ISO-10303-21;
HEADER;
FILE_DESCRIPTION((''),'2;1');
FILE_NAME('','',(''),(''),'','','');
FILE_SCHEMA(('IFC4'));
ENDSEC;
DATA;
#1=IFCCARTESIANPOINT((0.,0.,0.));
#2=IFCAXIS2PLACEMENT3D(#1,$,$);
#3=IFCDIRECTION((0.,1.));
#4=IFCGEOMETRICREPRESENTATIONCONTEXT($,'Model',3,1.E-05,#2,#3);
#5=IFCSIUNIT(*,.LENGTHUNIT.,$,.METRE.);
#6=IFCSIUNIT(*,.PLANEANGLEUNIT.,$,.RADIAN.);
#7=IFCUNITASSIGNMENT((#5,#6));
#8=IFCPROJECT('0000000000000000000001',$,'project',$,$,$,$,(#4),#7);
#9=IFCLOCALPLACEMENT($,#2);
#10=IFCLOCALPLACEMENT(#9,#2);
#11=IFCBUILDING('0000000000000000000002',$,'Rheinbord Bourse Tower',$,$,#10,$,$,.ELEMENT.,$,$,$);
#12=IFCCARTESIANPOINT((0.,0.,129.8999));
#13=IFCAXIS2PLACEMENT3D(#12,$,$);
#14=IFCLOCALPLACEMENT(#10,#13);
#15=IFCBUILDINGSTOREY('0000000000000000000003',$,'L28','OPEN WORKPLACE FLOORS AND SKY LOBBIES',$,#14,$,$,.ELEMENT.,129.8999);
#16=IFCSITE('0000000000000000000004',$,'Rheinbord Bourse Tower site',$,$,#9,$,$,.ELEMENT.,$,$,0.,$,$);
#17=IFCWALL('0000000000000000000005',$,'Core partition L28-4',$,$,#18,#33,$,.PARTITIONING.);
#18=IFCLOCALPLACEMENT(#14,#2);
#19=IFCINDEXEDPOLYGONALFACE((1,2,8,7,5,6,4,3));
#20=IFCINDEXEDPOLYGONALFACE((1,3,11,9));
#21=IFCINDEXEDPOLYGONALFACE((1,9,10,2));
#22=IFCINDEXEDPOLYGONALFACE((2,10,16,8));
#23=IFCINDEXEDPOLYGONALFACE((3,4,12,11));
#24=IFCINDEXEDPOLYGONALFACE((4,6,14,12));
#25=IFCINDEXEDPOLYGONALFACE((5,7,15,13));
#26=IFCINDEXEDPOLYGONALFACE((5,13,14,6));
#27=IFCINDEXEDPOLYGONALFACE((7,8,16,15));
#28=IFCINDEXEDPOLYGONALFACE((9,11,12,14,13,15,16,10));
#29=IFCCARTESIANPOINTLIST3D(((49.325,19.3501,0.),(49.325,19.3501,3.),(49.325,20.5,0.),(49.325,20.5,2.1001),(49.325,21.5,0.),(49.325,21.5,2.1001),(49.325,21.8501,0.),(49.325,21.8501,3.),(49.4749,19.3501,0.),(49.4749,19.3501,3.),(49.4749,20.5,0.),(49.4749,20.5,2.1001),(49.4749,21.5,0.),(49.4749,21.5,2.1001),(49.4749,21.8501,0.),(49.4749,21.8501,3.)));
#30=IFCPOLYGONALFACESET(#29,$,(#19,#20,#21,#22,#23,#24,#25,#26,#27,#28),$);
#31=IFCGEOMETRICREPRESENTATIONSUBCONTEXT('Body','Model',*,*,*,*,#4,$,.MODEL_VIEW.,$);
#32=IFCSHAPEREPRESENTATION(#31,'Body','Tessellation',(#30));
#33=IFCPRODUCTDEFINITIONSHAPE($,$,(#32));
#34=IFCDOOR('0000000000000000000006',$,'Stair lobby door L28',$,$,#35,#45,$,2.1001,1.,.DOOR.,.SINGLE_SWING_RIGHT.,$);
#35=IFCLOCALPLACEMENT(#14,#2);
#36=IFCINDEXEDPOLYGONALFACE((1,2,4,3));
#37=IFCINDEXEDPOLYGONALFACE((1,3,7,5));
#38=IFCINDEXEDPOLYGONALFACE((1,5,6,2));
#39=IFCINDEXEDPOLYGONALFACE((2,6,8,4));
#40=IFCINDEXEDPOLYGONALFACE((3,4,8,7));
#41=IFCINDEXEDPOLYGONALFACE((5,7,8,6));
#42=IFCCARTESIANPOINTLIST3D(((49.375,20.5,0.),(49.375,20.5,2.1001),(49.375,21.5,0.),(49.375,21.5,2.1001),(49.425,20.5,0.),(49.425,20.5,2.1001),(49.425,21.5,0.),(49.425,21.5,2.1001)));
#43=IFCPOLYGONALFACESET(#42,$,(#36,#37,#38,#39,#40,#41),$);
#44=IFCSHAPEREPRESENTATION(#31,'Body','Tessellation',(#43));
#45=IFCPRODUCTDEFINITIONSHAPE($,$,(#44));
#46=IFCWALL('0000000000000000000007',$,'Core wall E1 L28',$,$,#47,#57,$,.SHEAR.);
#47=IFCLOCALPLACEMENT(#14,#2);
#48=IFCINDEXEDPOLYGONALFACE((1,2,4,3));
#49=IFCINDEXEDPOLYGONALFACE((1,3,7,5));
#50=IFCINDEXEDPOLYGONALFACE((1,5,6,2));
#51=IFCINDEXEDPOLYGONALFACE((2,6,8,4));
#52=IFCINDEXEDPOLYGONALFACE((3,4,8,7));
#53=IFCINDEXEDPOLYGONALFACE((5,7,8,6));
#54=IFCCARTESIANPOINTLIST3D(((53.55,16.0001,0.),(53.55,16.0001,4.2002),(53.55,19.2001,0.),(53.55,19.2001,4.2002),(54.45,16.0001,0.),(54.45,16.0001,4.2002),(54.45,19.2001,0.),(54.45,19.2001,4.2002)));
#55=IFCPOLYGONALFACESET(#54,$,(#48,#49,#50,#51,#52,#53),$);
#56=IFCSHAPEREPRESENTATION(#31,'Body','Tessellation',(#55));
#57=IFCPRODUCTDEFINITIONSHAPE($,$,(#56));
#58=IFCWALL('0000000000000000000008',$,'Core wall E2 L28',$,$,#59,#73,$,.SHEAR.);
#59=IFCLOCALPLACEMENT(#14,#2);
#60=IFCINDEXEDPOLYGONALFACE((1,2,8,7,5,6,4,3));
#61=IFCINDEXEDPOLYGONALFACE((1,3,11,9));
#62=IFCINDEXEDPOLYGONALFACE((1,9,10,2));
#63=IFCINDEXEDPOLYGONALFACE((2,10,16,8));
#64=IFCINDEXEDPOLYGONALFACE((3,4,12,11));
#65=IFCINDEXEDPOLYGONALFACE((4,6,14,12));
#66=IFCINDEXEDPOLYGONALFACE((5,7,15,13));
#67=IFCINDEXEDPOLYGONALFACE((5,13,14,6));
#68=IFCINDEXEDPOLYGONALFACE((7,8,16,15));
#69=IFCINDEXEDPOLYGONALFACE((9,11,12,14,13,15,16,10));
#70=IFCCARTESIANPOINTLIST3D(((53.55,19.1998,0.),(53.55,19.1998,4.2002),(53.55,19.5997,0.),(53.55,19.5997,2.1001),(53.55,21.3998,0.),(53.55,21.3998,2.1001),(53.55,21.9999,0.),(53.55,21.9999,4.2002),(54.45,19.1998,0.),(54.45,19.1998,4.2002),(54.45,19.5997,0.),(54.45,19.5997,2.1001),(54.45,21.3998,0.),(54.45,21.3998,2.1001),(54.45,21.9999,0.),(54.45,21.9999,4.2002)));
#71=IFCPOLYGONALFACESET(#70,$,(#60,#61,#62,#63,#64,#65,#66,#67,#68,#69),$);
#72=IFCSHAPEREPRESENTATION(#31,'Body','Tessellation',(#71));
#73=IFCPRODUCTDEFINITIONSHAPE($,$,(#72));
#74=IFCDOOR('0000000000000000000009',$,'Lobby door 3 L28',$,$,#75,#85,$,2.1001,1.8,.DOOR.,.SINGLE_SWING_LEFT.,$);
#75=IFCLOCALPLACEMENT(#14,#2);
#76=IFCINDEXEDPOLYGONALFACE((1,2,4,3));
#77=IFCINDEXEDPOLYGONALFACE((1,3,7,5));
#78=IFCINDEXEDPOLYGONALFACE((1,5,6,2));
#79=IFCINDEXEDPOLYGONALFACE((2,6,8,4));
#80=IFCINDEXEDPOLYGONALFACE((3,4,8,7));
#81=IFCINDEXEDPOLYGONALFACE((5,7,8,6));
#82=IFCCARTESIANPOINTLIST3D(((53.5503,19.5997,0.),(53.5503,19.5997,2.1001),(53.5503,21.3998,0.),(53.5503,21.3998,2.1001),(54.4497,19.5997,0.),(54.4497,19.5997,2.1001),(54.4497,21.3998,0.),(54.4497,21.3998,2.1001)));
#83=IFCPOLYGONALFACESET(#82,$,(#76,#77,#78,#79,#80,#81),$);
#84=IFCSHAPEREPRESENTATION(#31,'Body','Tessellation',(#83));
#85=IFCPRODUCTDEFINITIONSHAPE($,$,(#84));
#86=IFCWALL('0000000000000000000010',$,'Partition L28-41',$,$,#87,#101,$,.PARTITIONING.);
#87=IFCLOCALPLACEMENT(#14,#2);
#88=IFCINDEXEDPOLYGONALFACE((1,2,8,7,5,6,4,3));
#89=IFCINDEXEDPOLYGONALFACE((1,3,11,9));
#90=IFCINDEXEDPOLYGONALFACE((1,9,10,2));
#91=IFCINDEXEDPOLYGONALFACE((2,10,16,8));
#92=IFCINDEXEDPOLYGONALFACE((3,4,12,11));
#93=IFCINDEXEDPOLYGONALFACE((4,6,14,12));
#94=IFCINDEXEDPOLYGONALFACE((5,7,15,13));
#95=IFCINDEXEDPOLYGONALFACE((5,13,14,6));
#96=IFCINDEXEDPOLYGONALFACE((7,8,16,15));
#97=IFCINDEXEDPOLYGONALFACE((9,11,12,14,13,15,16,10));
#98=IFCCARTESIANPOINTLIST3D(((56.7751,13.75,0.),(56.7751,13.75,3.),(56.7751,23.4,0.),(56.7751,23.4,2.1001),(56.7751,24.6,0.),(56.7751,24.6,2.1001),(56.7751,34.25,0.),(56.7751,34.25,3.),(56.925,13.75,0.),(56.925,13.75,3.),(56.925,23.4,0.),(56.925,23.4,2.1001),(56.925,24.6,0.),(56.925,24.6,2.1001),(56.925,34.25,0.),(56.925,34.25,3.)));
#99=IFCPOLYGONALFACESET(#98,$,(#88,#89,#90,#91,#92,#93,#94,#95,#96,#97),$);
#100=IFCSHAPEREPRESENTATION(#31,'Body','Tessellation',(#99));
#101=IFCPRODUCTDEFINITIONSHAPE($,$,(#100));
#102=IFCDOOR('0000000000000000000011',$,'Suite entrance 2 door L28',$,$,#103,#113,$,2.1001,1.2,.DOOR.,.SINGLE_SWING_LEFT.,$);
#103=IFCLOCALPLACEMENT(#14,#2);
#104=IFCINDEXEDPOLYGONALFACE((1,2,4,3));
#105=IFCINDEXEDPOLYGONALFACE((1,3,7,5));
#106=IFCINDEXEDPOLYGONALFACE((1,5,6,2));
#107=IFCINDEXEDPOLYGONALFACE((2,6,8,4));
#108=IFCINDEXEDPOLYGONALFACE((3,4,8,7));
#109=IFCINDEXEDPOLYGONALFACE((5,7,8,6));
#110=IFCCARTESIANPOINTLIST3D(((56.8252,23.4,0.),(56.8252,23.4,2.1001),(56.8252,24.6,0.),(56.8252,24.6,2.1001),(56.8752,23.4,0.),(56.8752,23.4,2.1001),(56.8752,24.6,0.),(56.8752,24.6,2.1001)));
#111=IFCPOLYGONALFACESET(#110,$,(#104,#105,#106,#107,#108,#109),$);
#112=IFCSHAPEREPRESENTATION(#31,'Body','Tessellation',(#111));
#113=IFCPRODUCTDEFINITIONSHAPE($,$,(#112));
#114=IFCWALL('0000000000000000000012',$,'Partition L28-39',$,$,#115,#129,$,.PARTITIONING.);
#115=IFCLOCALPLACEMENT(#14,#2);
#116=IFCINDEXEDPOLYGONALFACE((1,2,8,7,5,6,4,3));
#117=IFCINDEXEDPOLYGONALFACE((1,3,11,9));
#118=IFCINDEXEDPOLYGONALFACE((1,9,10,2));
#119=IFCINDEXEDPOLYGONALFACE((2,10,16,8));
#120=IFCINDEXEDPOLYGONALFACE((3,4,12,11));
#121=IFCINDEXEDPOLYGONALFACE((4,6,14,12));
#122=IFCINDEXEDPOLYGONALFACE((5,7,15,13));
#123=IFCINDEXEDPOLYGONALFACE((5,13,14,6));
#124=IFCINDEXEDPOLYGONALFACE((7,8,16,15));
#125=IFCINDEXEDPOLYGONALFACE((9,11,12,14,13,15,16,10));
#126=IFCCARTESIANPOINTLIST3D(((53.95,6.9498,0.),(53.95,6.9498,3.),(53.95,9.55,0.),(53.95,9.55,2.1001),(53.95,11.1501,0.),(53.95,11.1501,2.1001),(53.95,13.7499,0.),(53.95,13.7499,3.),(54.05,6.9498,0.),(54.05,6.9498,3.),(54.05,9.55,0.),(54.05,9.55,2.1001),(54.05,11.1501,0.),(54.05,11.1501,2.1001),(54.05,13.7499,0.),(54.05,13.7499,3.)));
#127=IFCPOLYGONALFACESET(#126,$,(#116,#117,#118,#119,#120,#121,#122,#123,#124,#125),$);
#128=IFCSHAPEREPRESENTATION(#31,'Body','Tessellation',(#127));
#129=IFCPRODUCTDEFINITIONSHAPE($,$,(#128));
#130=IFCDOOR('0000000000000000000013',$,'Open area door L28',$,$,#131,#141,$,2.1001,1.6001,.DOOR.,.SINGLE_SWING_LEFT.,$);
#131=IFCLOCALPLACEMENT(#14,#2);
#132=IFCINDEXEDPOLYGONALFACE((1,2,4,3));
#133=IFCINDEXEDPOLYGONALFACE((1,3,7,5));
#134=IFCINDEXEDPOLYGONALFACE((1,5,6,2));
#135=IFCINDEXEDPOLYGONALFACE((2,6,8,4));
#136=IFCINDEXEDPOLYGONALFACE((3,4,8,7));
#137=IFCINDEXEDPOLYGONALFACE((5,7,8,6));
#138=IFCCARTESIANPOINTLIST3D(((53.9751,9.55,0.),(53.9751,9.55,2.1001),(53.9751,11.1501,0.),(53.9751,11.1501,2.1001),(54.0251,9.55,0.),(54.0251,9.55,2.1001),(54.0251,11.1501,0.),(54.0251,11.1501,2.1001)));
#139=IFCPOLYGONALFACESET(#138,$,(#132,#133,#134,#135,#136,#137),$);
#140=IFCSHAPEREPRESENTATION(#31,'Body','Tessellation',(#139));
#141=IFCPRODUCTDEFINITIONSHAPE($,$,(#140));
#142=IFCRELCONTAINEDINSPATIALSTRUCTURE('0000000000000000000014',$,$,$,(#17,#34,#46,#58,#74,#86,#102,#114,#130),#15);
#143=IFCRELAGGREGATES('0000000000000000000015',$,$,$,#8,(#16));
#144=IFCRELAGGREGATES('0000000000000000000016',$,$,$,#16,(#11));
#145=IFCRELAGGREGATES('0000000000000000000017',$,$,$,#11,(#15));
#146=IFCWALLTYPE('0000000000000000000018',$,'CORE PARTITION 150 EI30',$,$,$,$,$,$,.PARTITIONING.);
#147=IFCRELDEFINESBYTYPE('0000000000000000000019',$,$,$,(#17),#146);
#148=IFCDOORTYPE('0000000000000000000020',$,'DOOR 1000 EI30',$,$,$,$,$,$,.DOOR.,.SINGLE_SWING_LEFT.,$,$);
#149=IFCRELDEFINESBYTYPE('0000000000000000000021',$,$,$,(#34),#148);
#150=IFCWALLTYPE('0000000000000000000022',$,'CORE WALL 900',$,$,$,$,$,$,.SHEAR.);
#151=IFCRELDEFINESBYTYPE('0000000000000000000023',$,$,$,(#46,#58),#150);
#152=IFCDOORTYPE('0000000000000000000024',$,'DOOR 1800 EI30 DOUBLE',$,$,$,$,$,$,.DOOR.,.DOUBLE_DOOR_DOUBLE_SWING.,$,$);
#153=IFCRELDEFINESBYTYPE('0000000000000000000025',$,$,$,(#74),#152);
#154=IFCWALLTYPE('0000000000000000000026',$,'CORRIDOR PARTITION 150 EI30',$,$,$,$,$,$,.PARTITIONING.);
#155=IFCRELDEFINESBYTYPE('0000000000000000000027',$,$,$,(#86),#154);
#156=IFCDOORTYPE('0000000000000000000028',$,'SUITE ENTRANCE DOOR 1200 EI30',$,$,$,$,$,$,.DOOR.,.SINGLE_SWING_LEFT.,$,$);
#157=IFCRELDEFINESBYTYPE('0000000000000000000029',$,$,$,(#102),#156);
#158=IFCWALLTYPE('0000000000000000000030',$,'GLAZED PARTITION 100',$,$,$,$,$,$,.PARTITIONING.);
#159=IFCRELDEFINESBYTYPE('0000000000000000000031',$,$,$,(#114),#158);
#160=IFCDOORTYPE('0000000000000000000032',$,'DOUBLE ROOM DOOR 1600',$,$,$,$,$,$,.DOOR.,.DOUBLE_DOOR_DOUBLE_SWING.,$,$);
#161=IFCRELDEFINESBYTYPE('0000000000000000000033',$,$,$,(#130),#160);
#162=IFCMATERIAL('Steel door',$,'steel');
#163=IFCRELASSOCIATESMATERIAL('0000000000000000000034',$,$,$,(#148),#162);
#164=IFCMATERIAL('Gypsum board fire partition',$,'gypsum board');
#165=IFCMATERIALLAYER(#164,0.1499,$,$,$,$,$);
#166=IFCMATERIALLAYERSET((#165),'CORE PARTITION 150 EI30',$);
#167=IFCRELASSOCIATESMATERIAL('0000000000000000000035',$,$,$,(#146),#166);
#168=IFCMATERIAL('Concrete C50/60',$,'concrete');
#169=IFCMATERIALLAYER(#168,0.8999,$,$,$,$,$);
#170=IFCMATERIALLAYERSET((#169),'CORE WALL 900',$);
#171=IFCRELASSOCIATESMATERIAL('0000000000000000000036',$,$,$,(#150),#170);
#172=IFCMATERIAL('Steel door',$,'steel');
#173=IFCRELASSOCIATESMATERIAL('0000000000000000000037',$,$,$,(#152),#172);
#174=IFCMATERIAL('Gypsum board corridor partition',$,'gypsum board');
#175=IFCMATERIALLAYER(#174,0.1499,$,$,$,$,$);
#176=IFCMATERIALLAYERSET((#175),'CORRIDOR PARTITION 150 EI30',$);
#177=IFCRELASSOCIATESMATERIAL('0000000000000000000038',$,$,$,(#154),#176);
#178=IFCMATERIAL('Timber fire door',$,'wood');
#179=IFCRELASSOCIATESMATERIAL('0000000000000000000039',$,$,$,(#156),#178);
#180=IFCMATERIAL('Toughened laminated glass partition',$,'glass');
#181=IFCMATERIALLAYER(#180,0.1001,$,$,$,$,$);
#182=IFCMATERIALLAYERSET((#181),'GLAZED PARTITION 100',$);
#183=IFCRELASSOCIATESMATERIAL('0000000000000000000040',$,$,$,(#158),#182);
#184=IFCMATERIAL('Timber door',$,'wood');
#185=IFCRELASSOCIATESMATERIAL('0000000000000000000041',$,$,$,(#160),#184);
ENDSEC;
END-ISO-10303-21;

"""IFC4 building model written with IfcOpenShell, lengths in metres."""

from ifc_helpers import new_model, si_unit, direction, frame, frame_2d, origin, place, context, subcontext, project, spatial, rectangle, extrude, material, layer, layer_set, type_object, element, fill, save


model = new_model("IFC4")

# Units and contexts
model_context = context("Model", 3, precision=1e-05, world=origin(), true_north=direction((0.0, 1.0)))
body_context = subcontext(model_context, "Body", "Model", "MODEL_VIEW")
ifc_project = project(units=[si_unit("LENGTHUNIT", "METRE"), si_unit("PLANEANGLEUNIT", "RADIAN")], contexts=[model_context])

# Site, building, storey
site_placement = place(None, origin())
site = spatial("IfcSite", under=ifc_project, at=site_placement, Name="Rheinbord Bourse Tower site", CompositionType="ELEMENT", RefElevation=0.0)
building_placement = place(site_placement, origin())
building = spatial("IfcBuilding", under=site, at=building_placement, Name="Rheinbord Bourse Tower", CompositionType="ELEMENT")
storey_placement = place(building_placement, frame((0.0, 0.0, 129.8999)))
storey = spatial("IfcBuildingStorey", under=building, at=storey_placement, Name="L28", Description="OPEN WORKPLACE FLOORS AND SKY LOBBIES", CompositionType="ELEMENT", Elevation=129.8999)

# Shared definitions
ifc_material_1 = material(Name="Steel door", Category="steel")
door_type_1 = type_object("IfcDoorType", Name="DOOR 1000 EI30", OperationType="SINGLE_SWING_LEFT", PredefinedType="DOOR", material=ifc_material_1)

# Wall, opening, door
ifc_material_2 = material(Name="Gypsum board fire partition", Category="gypsum board")
ifc_layer_1 = layer(ifc_material_2, 0.1499)
ifc_layer_set_1 = layer_set([ifc_layer_1], Name="CORE PARTITION 150 EI30")
wall_type_1 = type_object("IfcWallType", Name="CORE PARTITION 150 EI30", PredefinedType="PARTITIONING", material=ifc_layer_set_1)
wall_1_placement = place(storey_placement, frame((49.3999, 19.3501, 0.0), z_axis=(0.0, 0.0, 1.0), x_axis=(0.0, 1.0, 0.0)))
wall_1 = element("IfcWall", 1, at=wall_1_placement, inside=storey, type_object=wall_type_1, Name="Core partition L28-4", PredefinedType="PARTITIONING", context=body_context, shape_type="SweptSolid", body=[
    extrude(rectangle(XDim=2.5, YDim=0.1499, at=frame_2d((1.25, 0.0))), origin(), (0.0, 0.0, 1.0), 3.0),
])
opening_1_placement = place(wall_1_placement, frame((1.1499, 0.0, 0.0)))
opening_1 = element("IfcOpeningElement", 2, at=opening_1_placement, cuts=wall_1, PredefinedType="OPENING", context=body_context, shape_type="SweptSolid", body=[
    extrude(rectangle(XDim=1.0, YDim=2.1001, at=frame_2d((0.5, 1.05))), frame((0.0, 0.085, 0.0), z_axis=(0.0, -1.0, 0.0), x_axis=(1.0, 0.0, 0.0)), (0.0, 0.0, 1.0), 0.1699),
])
door_1_placement = place(opening_1_placement, origin())
door_1 = element("IfcDoor", 3, at=door_1_placement, inside=storey, type_object=door_type_1, Name="Stair lobby door L28", OperationType="SINGLE_SWING_RIGHT", OverallHeight=2.1001, OverallWidth=1.0, PredefinedType="DOOR", context=body_context, shape_type="SweptSolid", body=[
    extrude(rectangle(XDim=1.0, YDim=2.1001, at=frame_2d((0.5, 1.05))), frame((0.0, 0.0249, 0.0), z_axis=(0.0, -1.0, 0.0), x_axis=(1.0, 0.0, 0.0)), (0.0, 0.0, 1.0), 0.05),
])
fill(opening_1, door_1)

# Wall
ifc_material_3 = material(Name="Concrete C50/60", Category="concrete")
ifc_layer_2 = layer(ifc_material_3, 0.8999)
ifc_layer_set_2 = layer_set([ifc_layer_2], Name="CORE WALL 900")
wall_type_2 = type_object("IfcWallType", Name="CORE WALL 900", PredefinedType="SHEAR", material=ifc_layer_set_2)
wall_2_placement = place(storey_placement, frame((54.0, 16.0, 0.0), z_axis=(0.0, 0.0, 1.0), x_axis=(0.0, 1.0, 0.0)))
element("IfcWall", 4, at=wall_2_placement, inside=storey, type_object=wall_type_2, Name="Core wall E1 L28", PredefinedType="SHEAR", context=body_context, shape_type="SweptSolid", body=[
    extrude(rectangle(XDim=3.2, YDim=0.8999, at=frame_2d((1.6001, 0.0))), origin(), (0.0, 0.0, 1.0), 4.2002),
])

# Walls, openings, doors
wall_3_placement = place(storey_placement, frame((54.0, 19.2, 0.0), z_axis=(0.0, 0.0, 1.0), x_axis=(0.0, 1.0, 0.0)))
wall_3 = element("IfcWall", 5, at=wall_3_placement, inside=storey, type_object=wall_type_2, Name="Core wall E2 L28", PredefinedType="SHEAR", context=body_context, shape_type="SweptSolid", body=[
    extrude(rectangle(XDim=2.8, YDim=0.8999, at=frame_2d((1.3999, 0.0))), origin(), (0.0, 0.0, 1.0), 4.2002),
])
opening_2_placement = place(wall_3_placement, frame((0.3999, 0.0, 0.0)))
opening_2 = element("IfcOpeningElement", 6, at=opening_2_placement, cuts=wall_3, PredefinedType="OPENING", context=body_context, shape_type="SweptSolid", body=[
    extrude(rectangle(XDim=1.8, YDim=2.1001, at=frame_2d((0.8999, 1.05))), frame((0.0, 0.46, 0.0), z_axis=(0.0, -1.0, 0.0), x_axis=(1.0, 0.0, 0.0)), (0.0, 0.0, 1.0), 0.9199),
])
ifc_material_4 = material(Name="Steel door", Category="steel")
door_type_2 = type_object("IfcDoorType", Name="DOOR 1800 EI30 DOUBLE", OperationType="DOUBLE_DOOR_DOUBLE_SWING", PredefinedType="DOOR", material=ifc_material_4)
door_2_placement = place(opening_2_placement, origin())
door_2 = element("IfcDoor", 7, at=door_2_placement, inside=storey, type_object=door_type_2, Name="Lobby door 3 L28", OperationType="SINGLE_SWING_LEFT", OverallHeight=2.1001, OverallWidth=1.8, PredefinedType="DOOR", context=body_context, shape_type="SweptSolid", body=[
    extrude(rectangle(XDim=1.8, YDim=2.1001, at=frame_2d((0.8999, 1.05))), frame((0.0, 0.4497, 0.0), z_axis=(0.0, -1.0, 0.0), x_axis=(1.0, 0.0, 0.0)), (0.0, 0.0, 1.0), 0.8994),
])
fill(opening_2, door_2)
ifc_material_5 = material(Name="Gypsum board corridor partition", Category="gypsum board")
ifc_layer_3 = layer(ifc_material_5, 0.1499)
ifc_layer_set_3 = layer_set([ifc_layer_3], Name="CORRIDOR PARTITION 150 EI30")
wall_type_3 = type_object("IfcWallType", Name="CORRIDOR PARTITION 150 EI30", PredefinedType="PARTITIONING", material=ifc_layer_set_3)
wall_4_placement = place(storey_placement, frame((56.8501, 13.75, 0.0), z_axis=(0.0, 0.0, 1.0), x_axis=(0.0, 1.0, 0.0)))
wall_4 = element("IfcWall", 8, at=wall_4_placement, inside=storey, type_object=wall_type_3, Name="Partition L28-41", PredefinedType="PARTITIONING", context=body_context, shape_type="SweptSolid", body=[
    extrude(rectangle(XDim=20.5, YDim=0.1499, at=frame_2d((10.25, 0.0))), origin(), (0.0, 0.0, 1.0), 3.0),
])
opening_3_placement = place(wall_4_placement, frame((9.6499, 0.0, 0.0)))
opening_3 = element("IfcOpeningElement", 9, at=opening_3_placement, cuts=wall_4, PredefinedType="OPENING", context=body_context, shape_type="SweptSolid", body=[
    extrude(rectangle(XDim=1.2, YDim=2.1001, at=frame_2d((0.6001, 1.05))), frame((0.0, 0.085, 0.0), z_axis=(0.0, -1.0, 0.0), x_axis=(1.0, 0.0, 0.0)), (0.0, 0.0, 1.0), 0.1699),
])
ifc_material_6 = material(Name="Timber fire door", Category="wood")
door_type_3 = type_object("IfcDoorType", Name="SUITE ENTRANCE DOOR 1200 EI30", OperationType="SINGLE_SWING_LEFT", PredefinedType="DOOR", material=ifc_material_6)
door_3_placement = place(opening_3_placement, origin())
door_3 = element("IfcDoor", 10, at=door_3_placement, inside=storey, type_object=door_type_3, Name="Suite entrance 2 door L28", OperationType="SINGLE_SWING_LEFT", OverallHeight=2.1001, OverallWidth=1.2, PredefinedType="DOOR", context=body_context, shape_type="SweptSolid", body=[
    extrude(rectangle(XDim=1.2, YDim=2.1001, at=frame_2d((0.6001, 1.05))), frame((0.0, 0.0249, 0.0), z_axis=(0.0, -1.0, 0.0), x_axis=(1.0, 0.0, 0.0)), (0.0, 0.0, 1.0), 0.05),
])
fill(opening_3, door_3)
ifc_material_7 = material(Name="Toughened laminated glass partition", Category="glass")
ifc_layer_4 = layer(ifc_material_7, 0.1001)
ifc_layer_set_4 = layer_set([ifc_layer_4], Name="GLAZED PARTITION 100")
wall_type_4 = type_object("IfcWallType", Name="GLAZED PARTITION 100", PredefinedType="PARTITIONING", material=ifc_layer_set_4)
wall_5_placement = place(storey_placement, frame((54.0, 6.95, 0.0), z_axis=(0.0, 0.0, 1.0), x_axis=(0.0, 1.0, 0.0)))
wall_5 = element("IfcWall", 11, at=wall_5_placement, inside=storey, type_object=wall_type_4, Name="Partition L28-39", PredefinedType="PARTITIONING", context=body_context, shape_type="SweptSolid", body=[
    extrude(rectangle(XDim=6.8, YDim=0.1001, at=frame_2d((3.3999, 0.0))), origin(), (0.0, 0.0, 1.0), 3.0),
])
opening_4_placement = place(wall_5_placement, frame((2.6001, 0.0, 0.0)))
opening_4 = element("IfcOpeningElement", 12, at=opening_4_placement, cuts=wall_5, PredefinedType="OPENING", context=body_context, shape_type="SweptSolid", body=[
    extrude(rectangle(XDim=1.6001, YDim=2.1001, at=frame_2d((0.8, 1.05))), frame((0.0, 0.0601, 0.0), z_axis=(0.0, -1.0, 0.0), x_axis=(1.0, 0.0, 0.0)), (0.0, 0.0, 1.0), 0.1201),
])
ifc_material_8 = material(Name="Timber door", Category="wood")
door_type_4 = type_object("IfcDoorType", Name="DOUBLE ROOM DOOR 1600", OperationType="DOUBLE_DOOR_DOUBLE_SWING", PredefinedType="DOOR", material=ifc_material_8)
door_4_placement = place(opening_4_placement, origin())
door_4 = element("IfcDoor", 13, at=door_4_placement, inside=storey, type_object=door_type_4, Name="Open area door L28", OperationType="SINGLE_SWING_LEFT", OverallHeight=2.1001, OverallWidth=1.6001, PredefinedType="DOOR", context=body_context, shape_type="SweptSolid", body=[
    extrude(rectangle(XDim=1.6001, YDim=2.1001, at=frame_2d((0.8, 1.05))), frame((0.0, 0.0249, 0.0), z_axis=(0.0, -1.0, 0.0), x_axis=(1.0, 0.0, 0.0)), (0.0, 0.0, 1.0), 0.05),
])
fill(opening_4, door_4)

save(model, "model.ifc")
